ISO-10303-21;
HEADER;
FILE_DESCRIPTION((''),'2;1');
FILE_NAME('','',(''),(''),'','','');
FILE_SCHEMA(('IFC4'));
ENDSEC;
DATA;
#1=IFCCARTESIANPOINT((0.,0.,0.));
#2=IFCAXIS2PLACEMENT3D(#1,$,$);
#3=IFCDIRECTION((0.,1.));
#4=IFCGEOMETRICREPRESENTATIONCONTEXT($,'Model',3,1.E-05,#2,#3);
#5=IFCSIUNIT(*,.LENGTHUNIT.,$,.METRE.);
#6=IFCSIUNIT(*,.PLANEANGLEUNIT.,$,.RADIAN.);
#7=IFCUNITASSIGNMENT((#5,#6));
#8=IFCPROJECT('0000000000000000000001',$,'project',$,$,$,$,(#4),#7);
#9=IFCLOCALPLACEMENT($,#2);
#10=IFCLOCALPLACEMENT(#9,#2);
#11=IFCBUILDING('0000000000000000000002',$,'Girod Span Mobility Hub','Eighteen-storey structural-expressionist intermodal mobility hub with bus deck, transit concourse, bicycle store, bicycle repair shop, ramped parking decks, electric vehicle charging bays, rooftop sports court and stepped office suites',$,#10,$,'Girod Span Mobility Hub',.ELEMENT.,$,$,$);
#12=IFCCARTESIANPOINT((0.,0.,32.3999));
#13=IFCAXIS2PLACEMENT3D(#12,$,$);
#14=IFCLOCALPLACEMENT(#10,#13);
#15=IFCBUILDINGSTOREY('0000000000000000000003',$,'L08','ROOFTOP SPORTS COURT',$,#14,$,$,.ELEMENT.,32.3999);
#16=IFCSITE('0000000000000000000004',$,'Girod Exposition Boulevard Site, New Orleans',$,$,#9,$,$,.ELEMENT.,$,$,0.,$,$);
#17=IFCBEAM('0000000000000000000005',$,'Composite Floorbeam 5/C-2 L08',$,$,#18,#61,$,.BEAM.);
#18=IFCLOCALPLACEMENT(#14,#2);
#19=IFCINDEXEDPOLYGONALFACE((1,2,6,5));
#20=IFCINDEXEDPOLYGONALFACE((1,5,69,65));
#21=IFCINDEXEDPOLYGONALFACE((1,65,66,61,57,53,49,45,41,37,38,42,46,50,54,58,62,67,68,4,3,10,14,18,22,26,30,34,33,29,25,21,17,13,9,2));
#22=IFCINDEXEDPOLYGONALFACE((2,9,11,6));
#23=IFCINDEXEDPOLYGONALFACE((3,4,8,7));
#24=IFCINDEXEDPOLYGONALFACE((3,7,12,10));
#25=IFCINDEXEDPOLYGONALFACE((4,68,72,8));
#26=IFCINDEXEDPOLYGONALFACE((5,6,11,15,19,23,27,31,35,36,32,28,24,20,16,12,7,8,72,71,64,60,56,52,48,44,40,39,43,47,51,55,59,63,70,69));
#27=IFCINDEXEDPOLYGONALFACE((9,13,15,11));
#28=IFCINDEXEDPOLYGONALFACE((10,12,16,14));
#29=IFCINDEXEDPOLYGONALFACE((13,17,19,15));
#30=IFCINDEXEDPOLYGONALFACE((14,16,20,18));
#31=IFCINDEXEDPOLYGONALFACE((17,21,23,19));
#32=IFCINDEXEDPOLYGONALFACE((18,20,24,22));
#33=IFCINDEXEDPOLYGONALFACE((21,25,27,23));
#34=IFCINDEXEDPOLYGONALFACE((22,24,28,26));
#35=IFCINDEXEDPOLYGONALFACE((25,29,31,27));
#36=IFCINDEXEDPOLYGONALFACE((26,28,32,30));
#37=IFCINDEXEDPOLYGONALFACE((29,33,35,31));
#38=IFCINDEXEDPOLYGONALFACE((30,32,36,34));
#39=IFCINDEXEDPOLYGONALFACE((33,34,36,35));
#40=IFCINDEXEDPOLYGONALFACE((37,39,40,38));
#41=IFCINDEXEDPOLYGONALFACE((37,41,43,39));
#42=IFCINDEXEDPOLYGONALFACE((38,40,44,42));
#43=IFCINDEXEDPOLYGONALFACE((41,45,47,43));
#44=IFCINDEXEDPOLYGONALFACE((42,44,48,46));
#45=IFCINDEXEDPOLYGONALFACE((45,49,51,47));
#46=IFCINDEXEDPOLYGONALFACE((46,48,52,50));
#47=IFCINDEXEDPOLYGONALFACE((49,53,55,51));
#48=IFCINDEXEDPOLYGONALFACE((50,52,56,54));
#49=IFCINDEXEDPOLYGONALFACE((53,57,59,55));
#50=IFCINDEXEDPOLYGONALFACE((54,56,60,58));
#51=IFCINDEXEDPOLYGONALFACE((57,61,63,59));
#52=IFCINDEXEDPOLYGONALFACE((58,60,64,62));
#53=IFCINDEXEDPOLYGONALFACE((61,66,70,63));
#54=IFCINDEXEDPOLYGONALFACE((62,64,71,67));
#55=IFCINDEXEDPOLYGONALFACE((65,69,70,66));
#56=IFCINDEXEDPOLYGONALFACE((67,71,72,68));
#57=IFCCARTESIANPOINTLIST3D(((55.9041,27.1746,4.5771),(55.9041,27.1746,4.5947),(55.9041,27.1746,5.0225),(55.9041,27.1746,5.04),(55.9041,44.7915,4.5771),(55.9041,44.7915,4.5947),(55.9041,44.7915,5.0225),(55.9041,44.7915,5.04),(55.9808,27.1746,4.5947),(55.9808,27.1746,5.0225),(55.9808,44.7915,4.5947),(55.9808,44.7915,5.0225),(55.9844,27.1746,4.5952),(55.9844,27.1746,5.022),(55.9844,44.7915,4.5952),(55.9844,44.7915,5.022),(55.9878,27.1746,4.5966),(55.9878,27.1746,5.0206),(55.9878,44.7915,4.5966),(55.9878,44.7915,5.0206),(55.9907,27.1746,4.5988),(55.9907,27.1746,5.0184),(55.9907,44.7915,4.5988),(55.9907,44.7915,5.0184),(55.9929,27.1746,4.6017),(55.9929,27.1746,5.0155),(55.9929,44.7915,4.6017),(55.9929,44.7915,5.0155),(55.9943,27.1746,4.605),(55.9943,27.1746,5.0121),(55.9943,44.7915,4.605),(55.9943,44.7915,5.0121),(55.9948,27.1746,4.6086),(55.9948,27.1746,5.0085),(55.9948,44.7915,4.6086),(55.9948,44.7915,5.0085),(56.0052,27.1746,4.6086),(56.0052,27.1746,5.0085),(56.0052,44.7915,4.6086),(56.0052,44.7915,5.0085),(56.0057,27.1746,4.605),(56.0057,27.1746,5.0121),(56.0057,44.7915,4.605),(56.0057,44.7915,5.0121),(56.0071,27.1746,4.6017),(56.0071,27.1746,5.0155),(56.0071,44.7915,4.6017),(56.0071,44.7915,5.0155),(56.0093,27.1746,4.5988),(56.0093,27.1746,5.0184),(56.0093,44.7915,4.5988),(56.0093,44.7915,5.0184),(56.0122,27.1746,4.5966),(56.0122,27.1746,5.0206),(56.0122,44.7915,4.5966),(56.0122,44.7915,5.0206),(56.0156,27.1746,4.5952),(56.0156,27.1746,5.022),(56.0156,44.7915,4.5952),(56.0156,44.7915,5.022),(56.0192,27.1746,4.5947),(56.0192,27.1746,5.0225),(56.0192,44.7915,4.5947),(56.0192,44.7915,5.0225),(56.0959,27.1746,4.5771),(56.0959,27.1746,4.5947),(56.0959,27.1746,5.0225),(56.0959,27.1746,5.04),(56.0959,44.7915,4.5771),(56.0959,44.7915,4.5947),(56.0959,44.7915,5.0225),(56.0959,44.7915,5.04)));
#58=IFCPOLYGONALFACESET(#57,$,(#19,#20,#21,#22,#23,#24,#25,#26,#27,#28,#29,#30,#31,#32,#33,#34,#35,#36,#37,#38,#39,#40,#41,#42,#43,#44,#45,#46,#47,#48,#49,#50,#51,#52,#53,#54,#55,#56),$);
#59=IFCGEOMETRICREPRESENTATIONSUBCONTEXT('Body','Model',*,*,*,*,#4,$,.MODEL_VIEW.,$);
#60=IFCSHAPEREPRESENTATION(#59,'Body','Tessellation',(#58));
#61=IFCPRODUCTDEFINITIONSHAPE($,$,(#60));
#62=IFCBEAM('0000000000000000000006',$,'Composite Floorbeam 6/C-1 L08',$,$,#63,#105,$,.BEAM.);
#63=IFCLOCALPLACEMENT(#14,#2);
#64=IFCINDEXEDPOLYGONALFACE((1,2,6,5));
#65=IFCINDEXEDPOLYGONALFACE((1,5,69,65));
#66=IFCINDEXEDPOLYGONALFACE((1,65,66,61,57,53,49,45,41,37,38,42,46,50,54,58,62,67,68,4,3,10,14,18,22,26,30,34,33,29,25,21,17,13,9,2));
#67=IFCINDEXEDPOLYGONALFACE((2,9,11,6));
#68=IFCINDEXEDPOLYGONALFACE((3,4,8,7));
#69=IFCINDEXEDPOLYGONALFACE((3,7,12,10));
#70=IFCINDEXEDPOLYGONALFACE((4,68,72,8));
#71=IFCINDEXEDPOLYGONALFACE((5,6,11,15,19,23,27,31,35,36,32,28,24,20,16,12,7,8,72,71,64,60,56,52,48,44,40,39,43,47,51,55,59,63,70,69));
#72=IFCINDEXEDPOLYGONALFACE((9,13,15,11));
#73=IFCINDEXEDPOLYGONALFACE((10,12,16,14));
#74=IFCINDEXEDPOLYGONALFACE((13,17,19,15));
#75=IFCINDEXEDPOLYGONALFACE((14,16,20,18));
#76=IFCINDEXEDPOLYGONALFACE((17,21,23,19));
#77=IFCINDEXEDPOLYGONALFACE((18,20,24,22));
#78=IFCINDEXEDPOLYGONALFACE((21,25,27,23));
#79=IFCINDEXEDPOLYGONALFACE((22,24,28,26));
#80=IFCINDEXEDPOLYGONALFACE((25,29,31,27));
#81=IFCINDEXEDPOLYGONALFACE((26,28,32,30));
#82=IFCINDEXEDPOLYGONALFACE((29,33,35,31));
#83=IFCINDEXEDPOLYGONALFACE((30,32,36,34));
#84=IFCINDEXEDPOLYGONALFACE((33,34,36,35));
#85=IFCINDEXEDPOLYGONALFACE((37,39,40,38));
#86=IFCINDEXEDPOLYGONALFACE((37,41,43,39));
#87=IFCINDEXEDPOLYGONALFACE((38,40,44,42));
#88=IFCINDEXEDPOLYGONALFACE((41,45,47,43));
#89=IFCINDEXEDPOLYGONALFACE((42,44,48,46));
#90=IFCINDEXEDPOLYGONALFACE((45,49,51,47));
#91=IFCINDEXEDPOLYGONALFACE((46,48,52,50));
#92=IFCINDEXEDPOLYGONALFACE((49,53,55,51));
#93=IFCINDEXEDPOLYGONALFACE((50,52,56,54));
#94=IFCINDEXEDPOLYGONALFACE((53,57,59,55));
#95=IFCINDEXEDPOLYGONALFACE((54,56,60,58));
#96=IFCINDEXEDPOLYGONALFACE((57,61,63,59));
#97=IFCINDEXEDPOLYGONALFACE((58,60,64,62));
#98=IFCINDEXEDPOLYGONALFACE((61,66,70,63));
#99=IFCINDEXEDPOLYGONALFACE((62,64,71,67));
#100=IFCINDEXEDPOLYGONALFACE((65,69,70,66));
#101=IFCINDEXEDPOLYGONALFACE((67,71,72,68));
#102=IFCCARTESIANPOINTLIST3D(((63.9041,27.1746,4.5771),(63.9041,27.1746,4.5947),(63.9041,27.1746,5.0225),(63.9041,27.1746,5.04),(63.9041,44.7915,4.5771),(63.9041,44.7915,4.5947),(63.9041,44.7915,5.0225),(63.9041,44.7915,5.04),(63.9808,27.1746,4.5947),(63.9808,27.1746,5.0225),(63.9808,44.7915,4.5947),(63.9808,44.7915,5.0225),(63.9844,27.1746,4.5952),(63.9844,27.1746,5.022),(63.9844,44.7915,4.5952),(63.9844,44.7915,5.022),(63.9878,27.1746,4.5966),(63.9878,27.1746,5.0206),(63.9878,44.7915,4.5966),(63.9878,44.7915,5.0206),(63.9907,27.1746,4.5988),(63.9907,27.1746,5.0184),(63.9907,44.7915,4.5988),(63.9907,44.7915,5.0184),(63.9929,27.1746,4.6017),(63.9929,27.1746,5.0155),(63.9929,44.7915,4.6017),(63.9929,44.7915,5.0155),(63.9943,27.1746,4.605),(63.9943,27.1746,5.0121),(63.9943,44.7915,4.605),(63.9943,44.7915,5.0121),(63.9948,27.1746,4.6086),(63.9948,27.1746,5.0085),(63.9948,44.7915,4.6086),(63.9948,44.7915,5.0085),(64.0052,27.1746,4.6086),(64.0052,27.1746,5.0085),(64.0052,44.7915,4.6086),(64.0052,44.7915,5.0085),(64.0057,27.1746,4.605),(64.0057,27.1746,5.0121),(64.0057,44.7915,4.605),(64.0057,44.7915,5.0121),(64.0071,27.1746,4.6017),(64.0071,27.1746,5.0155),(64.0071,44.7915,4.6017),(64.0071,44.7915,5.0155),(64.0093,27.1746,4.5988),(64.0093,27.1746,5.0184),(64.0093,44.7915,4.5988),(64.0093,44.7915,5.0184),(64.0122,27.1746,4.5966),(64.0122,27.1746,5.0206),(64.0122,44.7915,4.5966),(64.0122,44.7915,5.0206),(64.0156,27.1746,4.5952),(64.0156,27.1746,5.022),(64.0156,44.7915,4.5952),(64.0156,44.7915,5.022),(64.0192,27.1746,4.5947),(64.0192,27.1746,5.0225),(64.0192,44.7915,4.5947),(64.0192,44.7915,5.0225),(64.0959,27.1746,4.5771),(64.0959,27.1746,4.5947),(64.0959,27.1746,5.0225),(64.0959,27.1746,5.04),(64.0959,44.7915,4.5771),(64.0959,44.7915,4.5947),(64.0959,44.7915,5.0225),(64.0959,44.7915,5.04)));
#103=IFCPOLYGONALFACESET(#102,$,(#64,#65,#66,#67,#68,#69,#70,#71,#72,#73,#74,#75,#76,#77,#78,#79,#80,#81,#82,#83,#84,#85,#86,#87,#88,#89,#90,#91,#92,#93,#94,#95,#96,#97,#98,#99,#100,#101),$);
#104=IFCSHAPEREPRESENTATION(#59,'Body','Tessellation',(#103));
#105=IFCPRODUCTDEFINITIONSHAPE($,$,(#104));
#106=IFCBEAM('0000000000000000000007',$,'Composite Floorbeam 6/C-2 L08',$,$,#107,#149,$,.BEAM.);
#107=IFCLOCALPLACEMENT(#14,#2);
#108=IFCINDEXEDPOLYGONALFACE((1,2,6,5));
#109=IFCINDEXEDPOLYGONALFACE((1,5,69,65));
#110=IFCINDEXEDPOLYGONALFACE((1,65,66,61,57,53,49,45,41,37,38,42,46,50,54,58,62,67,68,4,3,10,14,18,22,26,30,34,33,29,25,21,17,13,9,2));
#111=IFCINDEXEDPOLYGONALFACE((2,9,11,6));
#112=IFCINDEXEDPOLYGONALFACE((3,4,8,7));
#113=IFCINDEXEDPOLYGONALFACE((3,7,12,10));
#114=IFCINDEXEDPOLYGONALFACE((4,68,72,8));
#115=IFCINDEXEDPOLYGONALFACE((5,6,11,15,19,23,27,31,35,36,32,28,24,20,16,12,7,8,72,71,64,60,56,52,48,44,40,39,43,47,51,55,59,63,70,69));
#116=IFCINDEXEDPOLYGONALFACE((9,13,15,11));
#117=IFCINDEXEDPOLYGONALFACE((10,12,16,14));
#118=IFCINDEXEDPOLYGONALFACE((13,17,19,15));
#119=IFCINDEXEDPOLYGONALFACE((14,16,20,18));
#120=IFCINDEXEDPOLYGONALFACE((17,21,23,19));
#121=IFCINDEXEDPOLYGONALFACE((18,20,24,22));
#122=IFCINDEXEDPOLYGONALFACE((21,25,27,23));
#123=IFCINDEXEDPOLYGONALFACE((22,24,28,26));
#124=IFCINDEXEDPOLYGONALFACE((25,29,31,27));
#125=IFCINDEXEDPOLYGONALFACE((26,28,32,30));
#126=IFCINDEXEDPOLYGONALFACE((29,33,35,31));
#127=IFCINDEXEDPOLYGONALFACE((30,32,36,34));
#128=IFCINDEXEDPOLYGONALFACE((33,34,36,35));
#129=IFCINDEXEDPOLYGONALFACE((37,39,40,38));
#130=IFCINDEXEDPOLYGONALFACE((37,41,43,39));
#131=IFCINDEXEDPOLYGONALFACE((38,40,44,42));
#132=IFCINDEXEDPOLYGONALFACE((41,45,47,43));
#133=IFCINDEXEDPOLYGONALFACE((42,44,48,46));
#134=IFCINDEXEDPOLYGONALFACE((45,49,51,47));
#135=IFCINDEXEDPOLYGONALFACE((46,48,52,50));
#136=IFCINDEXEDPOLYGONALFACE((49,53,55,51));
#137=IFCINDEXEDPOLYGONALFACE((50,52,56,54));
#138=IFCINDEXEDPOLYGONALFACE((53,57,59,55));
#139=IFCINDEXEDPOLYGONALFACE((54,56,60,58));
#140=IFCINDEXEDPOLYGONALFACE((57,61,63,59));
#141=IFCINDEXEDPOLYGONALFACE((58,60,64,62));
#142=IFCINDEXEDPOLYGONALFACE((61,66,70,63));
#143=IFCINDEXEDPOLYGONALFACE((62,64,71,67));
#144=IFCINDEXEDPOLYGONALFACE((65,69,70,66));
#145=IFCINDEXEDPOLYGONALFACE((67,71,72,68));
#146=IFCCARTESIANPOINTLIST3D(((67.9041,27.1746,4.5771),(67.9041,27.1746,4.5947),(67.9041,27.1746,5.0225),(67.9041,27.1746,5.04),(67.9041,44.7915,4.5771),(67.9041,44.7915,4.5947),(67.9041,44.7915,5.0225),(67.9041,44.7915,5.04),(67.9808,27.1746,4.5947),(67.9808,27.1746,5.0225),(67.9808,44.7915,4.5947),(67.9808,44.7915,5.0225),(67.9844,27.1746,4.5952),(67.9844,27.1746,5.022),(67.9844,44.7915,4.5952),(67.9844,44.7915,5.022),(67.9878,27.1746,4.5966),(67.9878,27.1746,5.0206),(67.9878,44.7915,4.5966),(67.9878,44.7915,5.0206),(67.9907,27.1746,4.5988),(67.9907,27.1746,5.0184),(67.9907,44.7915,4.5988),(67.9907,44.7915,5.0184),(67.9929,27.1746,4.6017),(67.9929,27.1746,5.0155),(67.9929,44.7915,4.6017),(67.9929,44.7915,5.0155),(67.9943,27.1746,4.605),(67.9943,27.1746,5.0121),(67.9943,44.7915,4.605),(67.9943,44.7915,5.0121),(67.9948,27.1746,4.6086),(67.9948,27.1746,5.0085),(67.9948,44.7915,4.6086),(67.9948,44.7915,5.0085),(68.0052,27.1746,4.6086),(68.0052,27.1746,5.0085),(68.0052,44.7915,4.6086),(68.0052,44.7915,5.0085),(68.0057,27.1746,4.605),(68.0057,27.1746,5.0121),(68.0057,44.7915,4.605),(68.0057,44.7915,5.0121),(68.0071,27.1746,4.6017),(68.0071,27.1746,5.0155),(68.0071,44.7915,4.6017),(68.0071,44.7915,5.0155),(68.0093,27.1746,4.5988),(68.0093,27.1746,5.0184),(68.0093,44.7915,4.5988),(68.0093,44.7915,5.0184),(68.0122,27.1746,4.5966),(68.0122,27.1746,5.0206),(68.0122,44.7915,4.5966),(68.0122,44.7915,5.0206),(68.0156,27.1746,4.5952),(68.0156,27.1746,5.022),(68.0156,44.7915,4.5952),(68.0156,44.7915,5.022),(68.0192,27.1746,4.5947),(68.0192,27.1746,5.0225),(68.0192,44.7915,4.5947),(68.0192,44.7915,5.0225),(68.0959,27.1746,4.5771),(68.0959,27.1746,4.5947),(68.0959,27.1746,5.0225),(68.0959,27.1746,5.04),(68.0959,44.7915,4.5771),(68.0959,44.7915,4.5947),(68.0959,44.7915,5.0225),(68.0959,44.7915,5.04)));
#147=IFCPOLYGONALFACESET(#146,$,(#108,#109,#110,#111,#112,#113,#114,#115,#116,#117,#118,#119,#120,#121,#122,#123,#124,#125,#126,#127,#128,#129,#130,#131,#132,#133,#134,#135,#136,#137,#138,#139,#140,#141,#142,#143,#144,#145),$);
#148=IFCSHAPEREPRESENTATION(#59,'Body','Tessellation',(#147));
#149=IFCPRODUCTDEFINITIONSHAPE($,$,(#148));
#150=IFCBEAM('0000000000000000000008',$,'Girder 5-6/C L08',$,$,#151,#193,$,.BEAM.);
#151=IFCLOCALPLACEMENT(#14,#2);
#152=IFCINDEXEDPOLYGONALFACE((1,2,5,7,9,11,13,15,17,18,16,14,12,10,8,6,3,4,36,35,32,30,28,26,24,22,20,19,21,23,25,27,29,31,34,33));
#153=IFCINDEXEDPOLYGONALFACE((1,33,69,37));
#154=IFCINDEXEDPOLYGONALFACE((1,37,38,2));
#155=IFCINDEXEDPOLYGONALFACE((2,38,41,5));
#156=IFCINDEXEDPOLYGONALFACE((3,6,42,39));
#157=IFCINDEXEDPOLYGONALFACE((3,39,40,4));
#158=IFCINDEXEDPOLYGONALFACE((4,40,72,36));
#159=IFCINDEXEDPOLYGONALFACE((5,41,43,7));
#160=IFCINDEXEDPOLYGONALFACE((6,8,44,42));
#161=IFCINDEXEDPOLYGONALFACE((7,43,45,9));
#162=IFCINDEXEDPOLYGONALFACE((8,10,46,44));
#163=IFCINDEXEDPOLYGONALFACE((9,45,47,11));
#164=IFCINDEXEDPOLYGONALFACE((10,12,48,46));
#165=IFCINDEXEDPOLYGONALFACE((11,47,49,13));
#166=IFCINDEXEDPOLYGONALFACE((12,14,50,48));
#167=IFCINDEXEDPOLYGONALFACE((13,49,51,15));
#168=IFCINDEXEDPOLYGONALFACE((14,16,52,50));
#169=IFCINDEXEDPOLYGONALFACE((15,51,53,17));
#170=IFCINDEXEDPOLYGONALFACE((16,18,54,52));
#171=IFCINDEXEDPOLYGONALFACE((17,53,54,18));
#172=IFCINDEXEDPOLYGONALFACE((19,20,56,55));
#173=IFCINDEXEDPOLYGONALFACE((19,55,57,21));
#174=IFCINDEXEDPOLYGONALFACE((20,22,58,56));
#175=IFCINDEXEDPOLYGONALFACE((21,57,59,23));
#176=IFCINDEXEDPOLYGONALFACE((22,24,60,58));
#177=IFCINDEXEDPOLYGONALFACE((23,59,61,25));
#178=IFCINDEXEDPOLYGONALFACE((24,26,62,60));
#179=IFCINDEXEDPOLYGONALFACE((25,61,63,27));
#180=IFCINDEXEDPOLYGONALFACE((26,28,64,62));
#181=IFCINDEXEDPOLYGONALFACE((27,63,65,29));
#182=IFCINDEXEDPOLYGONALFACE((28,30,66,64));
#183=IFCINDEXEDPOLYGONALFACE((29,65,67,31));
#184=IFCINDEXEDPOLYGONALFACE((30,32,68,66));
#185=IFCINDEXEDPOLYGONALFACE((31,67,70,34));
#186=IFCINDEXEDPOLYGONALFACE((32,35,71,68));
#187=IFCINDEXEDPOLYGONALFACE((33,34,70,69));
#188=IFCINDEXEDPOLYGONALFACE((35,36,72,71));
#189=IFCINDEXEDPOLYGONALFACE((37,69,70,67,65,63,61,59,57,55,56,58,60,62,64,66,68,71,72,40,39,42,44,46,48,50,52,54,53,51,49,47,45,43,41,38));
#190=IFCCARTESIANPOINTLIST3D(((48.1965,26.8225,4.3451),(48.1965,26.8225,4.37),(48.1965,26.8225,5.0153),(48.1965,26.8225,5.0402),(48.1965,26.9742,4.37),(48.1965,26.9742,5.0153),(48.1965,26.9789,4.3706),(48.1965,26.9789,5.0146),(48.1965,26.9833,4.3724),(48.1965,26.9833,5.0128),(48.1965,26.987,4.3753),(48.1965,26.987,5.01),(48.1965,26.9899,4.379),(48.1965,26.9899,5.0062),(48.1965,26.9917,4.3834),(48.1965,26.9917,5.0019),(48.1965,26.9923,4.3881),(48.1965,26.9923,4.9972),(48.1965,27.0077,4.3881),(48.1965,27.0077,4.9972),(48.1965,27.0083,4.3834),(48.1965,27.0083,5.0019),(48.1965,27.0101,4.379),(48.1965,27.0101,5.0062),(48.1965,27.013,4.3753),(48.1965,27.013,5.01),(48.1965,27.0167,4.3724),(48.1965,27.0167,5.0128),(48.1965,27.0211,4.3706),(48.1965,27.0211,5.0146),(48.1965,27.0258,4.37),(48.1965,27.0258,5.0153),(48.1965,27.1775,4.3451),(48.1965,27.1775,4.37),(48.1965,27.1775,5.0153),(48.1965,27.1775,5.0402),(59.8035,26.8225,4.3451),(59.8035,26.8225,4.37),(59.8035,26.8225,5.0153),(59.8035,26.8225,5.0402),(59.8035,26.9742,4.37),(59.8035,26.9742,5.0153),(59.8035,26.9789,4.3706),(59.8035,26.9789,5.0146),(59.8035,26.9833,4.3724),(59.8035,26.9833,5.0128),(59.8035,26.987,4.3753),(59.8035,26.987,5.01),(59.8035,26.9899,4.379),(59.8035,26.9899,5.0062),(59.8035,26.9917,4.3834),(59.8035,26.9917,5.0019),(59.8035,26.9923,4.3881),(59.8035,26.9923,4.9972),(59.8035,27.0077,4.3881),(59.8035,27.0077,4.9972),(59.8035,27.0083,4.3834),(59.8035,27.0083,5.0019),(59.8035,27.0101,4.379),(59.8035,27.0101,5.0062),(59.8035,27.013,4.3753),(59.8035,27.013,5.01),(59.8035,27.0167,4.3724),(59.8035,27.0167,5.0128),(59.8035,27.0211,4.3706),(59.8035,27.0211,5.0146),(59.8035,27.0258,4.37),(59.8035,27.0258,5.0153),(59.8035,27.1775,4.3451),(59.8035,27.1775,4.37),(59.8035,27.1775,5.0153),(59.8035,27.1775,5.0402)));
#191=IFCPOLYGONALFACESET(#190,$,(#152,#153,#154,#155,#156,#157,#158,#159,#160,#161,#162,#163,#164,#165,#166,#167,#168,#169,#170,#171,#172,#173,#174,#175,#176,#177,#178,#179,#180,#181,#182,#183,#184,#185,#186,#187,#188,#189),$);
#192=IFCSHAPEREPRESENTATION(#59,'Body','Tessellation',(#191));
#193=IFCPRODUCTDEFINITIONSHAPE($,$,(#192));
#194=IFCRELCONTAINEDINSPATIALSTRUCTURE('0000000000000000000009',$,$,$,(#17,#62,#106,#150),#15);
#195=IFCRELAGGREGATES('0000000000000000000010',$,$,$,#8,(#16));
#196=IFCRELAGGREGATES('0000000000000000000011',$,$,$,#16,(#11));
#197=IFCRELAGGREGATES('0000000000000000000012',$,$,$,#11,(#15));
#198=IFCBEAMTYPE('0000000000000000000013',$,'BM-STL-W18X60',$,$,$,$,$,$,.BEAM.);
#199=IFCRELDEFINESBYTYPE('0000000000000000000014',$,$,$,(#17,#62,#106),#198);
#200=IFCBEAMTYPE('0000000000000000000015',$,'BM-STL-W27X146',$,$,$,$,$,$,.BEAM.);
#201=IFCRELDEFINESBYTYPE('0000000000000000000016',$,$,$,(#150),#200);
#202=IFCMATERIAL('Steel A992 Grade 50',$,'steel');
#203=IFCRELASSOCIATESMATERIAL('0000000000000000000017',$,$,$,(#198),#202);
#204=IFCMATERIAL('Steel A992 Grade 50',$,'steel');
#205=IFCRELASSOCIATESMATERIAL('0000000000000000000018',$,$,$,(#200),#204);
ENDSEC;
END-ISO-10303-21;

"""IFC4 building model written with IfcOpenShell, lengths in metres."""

from ifc_helpers import new_model, si_unit, direction, frame, origin, origin_2d, place, context, subcontext, project, spatial, i_section, extrude, material, material_profile, profile_set, type_object, element, save


model = new_model("IFC4")

# Units and contexts
model_context = context("Model", 3, precision=1e-05, world=origin(), true_north=direction((0.0, 1.0)))
body_context = subcontext(model_context, "Body", "Model", "MODEL_VIEW")
ifc_project = project(units=[si_unit("LENGTHUNIT", "METRE"), si_unit("PLANEANGLEUNIT", "RADIAN")], contexts=[model_context])

# Site, building, storey
site_placement = place(None, origin())
site = spatial("IfcSite", under=ifc_project, at=site_placement, Name="Girod Exposition Boulevard Site, New Orleans", CompositionType="ELEMENT", RefElevation=0.0)
building_placement = place(site_placement, origin())
building = spatial("IfcBuilding", under=site, at=building_placement, Name="Girod Span Mobility Hub", Description="Eighteen-storey structural-expressionist intermodal mobility hub with bus deck, transit concourse, bicycle store, bicycle repair shop, ramped parking decks, electric vehicle charging bays, rooftop sports court and stepped office suites", LongName="Girod Span Mobility Hub", CompositionType="ELEMENT")
storey_placement = place(building_placement, frame((0.0, 0.0, 32.3999)))
storey = spatial("IfcBuildingStorey", under=building, at=storey_placement, Name="L08", Description="ROOFTOP SPORTS COURT", CompositionType="ELEMENT", Elevation=32.3999)

# Beams
ifc_material_1 = material(Name="Steel A992 Grade 50", Category="steel")
ifc_material_profile_1 = material_profile(ifc_material_1, i_section(OverallWidth=0.1919, OverallDepth=0.4629, WebThickness=0.0105, FlangeThickness=0.0176, FilletRadius=0.0139, at=origin_2d()), Name="W18X60")
ifc_profile_set_1 = profile_set([ifc_material_profile_1], Name="Steel A992 Grade 50")
beam_type_1 = type_object("IfcBeamType", Name="BM-STL-W18X60", PredefinedType="BEAM", material=ifc_profile_set_1)
for number, where, z_axis, x_axis, name in (
    (1, (56.0, 27.1746, 4.8086), (0.0, 1.0, 0.0), (-1.0, 0.0, 0.0), "Composite Floorbeam 5/C-2 L08"),
    (2, (64.0, 27.1746, 4.8086), (0.0, 1.0, 0.0), (-1.0, 0.0, 0.0), "Composite Floorbeam 6/C-1 L08"),
    (3, (68.0, 27.1746, 4.8086), (0.0, 1.0, 0.0), (-1.0, 0.0, 0.0), "Composite Floorbeam 6/C-2 L08"),
):
    element("IfcBeam", number, at=place(storey_placement, frame(where, z_axis=z_axis, x_axis=x_axis)), inside=storey, type_object=beam_type_1, Name=name, PredefinedType="BEAM", context=body_context, shape_type="SweptSolid", body=[
        extrude(i_section(OverallWidth=0.1919, OverallDepth=0.4629, WebThickness=0.0105, FlangeThickness=0.0176, FilletRadius=0.0139, at=origin_2d()), origin(), (0.0, 0.0, 1.0), 17.6169),
    ])
ifc_material_2 = material(Name="Steel A992 Grade 50", Category="steel")
ifc_material_profile_2 = material_profile(ifc_material_2, i_section(OverallWidth=0.355, OverallDepth=0.6951, WebThickness=0.0154, FlangeThickness=0.0249, FilletRadius=0.0181, at=origin_2d()), Name="W27X146")
ifc_profile_set_2 = profile_set([ifc_material_profile_2], Name="Steel A992 Grade 50")
beam_type_2 = type_object("IfcBeamType", Name="BM-STL-W27X146", PredefinedType="BEAM", material=ifc_profile_set_2)
for number, where, z_axis, x_axis, name in (
    (4, (48.1965, 27.0, 4.6926), (1.0, 0.0, 0.0), (0.0, 1.0, 0.0), "Girder 5-6/C L08"),
):
    element("IfcBeam", number, at=place(storey_placement, frame(where, z_axis=z_axis, x_axis=x_axis)), inside=storey, type_object=beam_type_2, Name=name, PredefinedType="BEAM", context=body_context, shape_type="SweptSolid", body=[
        extrude(i_section(OverallWidth=0.355, OverallDepth=0.6951, WebThickness=0.0154, FlangeThickness=0.0249, FilletRadius=0.0181, at=origin_2d()), origin(), (0.0, 0.0, 1.0), 11.6069),
    ])

save(model, "model.ifc")
